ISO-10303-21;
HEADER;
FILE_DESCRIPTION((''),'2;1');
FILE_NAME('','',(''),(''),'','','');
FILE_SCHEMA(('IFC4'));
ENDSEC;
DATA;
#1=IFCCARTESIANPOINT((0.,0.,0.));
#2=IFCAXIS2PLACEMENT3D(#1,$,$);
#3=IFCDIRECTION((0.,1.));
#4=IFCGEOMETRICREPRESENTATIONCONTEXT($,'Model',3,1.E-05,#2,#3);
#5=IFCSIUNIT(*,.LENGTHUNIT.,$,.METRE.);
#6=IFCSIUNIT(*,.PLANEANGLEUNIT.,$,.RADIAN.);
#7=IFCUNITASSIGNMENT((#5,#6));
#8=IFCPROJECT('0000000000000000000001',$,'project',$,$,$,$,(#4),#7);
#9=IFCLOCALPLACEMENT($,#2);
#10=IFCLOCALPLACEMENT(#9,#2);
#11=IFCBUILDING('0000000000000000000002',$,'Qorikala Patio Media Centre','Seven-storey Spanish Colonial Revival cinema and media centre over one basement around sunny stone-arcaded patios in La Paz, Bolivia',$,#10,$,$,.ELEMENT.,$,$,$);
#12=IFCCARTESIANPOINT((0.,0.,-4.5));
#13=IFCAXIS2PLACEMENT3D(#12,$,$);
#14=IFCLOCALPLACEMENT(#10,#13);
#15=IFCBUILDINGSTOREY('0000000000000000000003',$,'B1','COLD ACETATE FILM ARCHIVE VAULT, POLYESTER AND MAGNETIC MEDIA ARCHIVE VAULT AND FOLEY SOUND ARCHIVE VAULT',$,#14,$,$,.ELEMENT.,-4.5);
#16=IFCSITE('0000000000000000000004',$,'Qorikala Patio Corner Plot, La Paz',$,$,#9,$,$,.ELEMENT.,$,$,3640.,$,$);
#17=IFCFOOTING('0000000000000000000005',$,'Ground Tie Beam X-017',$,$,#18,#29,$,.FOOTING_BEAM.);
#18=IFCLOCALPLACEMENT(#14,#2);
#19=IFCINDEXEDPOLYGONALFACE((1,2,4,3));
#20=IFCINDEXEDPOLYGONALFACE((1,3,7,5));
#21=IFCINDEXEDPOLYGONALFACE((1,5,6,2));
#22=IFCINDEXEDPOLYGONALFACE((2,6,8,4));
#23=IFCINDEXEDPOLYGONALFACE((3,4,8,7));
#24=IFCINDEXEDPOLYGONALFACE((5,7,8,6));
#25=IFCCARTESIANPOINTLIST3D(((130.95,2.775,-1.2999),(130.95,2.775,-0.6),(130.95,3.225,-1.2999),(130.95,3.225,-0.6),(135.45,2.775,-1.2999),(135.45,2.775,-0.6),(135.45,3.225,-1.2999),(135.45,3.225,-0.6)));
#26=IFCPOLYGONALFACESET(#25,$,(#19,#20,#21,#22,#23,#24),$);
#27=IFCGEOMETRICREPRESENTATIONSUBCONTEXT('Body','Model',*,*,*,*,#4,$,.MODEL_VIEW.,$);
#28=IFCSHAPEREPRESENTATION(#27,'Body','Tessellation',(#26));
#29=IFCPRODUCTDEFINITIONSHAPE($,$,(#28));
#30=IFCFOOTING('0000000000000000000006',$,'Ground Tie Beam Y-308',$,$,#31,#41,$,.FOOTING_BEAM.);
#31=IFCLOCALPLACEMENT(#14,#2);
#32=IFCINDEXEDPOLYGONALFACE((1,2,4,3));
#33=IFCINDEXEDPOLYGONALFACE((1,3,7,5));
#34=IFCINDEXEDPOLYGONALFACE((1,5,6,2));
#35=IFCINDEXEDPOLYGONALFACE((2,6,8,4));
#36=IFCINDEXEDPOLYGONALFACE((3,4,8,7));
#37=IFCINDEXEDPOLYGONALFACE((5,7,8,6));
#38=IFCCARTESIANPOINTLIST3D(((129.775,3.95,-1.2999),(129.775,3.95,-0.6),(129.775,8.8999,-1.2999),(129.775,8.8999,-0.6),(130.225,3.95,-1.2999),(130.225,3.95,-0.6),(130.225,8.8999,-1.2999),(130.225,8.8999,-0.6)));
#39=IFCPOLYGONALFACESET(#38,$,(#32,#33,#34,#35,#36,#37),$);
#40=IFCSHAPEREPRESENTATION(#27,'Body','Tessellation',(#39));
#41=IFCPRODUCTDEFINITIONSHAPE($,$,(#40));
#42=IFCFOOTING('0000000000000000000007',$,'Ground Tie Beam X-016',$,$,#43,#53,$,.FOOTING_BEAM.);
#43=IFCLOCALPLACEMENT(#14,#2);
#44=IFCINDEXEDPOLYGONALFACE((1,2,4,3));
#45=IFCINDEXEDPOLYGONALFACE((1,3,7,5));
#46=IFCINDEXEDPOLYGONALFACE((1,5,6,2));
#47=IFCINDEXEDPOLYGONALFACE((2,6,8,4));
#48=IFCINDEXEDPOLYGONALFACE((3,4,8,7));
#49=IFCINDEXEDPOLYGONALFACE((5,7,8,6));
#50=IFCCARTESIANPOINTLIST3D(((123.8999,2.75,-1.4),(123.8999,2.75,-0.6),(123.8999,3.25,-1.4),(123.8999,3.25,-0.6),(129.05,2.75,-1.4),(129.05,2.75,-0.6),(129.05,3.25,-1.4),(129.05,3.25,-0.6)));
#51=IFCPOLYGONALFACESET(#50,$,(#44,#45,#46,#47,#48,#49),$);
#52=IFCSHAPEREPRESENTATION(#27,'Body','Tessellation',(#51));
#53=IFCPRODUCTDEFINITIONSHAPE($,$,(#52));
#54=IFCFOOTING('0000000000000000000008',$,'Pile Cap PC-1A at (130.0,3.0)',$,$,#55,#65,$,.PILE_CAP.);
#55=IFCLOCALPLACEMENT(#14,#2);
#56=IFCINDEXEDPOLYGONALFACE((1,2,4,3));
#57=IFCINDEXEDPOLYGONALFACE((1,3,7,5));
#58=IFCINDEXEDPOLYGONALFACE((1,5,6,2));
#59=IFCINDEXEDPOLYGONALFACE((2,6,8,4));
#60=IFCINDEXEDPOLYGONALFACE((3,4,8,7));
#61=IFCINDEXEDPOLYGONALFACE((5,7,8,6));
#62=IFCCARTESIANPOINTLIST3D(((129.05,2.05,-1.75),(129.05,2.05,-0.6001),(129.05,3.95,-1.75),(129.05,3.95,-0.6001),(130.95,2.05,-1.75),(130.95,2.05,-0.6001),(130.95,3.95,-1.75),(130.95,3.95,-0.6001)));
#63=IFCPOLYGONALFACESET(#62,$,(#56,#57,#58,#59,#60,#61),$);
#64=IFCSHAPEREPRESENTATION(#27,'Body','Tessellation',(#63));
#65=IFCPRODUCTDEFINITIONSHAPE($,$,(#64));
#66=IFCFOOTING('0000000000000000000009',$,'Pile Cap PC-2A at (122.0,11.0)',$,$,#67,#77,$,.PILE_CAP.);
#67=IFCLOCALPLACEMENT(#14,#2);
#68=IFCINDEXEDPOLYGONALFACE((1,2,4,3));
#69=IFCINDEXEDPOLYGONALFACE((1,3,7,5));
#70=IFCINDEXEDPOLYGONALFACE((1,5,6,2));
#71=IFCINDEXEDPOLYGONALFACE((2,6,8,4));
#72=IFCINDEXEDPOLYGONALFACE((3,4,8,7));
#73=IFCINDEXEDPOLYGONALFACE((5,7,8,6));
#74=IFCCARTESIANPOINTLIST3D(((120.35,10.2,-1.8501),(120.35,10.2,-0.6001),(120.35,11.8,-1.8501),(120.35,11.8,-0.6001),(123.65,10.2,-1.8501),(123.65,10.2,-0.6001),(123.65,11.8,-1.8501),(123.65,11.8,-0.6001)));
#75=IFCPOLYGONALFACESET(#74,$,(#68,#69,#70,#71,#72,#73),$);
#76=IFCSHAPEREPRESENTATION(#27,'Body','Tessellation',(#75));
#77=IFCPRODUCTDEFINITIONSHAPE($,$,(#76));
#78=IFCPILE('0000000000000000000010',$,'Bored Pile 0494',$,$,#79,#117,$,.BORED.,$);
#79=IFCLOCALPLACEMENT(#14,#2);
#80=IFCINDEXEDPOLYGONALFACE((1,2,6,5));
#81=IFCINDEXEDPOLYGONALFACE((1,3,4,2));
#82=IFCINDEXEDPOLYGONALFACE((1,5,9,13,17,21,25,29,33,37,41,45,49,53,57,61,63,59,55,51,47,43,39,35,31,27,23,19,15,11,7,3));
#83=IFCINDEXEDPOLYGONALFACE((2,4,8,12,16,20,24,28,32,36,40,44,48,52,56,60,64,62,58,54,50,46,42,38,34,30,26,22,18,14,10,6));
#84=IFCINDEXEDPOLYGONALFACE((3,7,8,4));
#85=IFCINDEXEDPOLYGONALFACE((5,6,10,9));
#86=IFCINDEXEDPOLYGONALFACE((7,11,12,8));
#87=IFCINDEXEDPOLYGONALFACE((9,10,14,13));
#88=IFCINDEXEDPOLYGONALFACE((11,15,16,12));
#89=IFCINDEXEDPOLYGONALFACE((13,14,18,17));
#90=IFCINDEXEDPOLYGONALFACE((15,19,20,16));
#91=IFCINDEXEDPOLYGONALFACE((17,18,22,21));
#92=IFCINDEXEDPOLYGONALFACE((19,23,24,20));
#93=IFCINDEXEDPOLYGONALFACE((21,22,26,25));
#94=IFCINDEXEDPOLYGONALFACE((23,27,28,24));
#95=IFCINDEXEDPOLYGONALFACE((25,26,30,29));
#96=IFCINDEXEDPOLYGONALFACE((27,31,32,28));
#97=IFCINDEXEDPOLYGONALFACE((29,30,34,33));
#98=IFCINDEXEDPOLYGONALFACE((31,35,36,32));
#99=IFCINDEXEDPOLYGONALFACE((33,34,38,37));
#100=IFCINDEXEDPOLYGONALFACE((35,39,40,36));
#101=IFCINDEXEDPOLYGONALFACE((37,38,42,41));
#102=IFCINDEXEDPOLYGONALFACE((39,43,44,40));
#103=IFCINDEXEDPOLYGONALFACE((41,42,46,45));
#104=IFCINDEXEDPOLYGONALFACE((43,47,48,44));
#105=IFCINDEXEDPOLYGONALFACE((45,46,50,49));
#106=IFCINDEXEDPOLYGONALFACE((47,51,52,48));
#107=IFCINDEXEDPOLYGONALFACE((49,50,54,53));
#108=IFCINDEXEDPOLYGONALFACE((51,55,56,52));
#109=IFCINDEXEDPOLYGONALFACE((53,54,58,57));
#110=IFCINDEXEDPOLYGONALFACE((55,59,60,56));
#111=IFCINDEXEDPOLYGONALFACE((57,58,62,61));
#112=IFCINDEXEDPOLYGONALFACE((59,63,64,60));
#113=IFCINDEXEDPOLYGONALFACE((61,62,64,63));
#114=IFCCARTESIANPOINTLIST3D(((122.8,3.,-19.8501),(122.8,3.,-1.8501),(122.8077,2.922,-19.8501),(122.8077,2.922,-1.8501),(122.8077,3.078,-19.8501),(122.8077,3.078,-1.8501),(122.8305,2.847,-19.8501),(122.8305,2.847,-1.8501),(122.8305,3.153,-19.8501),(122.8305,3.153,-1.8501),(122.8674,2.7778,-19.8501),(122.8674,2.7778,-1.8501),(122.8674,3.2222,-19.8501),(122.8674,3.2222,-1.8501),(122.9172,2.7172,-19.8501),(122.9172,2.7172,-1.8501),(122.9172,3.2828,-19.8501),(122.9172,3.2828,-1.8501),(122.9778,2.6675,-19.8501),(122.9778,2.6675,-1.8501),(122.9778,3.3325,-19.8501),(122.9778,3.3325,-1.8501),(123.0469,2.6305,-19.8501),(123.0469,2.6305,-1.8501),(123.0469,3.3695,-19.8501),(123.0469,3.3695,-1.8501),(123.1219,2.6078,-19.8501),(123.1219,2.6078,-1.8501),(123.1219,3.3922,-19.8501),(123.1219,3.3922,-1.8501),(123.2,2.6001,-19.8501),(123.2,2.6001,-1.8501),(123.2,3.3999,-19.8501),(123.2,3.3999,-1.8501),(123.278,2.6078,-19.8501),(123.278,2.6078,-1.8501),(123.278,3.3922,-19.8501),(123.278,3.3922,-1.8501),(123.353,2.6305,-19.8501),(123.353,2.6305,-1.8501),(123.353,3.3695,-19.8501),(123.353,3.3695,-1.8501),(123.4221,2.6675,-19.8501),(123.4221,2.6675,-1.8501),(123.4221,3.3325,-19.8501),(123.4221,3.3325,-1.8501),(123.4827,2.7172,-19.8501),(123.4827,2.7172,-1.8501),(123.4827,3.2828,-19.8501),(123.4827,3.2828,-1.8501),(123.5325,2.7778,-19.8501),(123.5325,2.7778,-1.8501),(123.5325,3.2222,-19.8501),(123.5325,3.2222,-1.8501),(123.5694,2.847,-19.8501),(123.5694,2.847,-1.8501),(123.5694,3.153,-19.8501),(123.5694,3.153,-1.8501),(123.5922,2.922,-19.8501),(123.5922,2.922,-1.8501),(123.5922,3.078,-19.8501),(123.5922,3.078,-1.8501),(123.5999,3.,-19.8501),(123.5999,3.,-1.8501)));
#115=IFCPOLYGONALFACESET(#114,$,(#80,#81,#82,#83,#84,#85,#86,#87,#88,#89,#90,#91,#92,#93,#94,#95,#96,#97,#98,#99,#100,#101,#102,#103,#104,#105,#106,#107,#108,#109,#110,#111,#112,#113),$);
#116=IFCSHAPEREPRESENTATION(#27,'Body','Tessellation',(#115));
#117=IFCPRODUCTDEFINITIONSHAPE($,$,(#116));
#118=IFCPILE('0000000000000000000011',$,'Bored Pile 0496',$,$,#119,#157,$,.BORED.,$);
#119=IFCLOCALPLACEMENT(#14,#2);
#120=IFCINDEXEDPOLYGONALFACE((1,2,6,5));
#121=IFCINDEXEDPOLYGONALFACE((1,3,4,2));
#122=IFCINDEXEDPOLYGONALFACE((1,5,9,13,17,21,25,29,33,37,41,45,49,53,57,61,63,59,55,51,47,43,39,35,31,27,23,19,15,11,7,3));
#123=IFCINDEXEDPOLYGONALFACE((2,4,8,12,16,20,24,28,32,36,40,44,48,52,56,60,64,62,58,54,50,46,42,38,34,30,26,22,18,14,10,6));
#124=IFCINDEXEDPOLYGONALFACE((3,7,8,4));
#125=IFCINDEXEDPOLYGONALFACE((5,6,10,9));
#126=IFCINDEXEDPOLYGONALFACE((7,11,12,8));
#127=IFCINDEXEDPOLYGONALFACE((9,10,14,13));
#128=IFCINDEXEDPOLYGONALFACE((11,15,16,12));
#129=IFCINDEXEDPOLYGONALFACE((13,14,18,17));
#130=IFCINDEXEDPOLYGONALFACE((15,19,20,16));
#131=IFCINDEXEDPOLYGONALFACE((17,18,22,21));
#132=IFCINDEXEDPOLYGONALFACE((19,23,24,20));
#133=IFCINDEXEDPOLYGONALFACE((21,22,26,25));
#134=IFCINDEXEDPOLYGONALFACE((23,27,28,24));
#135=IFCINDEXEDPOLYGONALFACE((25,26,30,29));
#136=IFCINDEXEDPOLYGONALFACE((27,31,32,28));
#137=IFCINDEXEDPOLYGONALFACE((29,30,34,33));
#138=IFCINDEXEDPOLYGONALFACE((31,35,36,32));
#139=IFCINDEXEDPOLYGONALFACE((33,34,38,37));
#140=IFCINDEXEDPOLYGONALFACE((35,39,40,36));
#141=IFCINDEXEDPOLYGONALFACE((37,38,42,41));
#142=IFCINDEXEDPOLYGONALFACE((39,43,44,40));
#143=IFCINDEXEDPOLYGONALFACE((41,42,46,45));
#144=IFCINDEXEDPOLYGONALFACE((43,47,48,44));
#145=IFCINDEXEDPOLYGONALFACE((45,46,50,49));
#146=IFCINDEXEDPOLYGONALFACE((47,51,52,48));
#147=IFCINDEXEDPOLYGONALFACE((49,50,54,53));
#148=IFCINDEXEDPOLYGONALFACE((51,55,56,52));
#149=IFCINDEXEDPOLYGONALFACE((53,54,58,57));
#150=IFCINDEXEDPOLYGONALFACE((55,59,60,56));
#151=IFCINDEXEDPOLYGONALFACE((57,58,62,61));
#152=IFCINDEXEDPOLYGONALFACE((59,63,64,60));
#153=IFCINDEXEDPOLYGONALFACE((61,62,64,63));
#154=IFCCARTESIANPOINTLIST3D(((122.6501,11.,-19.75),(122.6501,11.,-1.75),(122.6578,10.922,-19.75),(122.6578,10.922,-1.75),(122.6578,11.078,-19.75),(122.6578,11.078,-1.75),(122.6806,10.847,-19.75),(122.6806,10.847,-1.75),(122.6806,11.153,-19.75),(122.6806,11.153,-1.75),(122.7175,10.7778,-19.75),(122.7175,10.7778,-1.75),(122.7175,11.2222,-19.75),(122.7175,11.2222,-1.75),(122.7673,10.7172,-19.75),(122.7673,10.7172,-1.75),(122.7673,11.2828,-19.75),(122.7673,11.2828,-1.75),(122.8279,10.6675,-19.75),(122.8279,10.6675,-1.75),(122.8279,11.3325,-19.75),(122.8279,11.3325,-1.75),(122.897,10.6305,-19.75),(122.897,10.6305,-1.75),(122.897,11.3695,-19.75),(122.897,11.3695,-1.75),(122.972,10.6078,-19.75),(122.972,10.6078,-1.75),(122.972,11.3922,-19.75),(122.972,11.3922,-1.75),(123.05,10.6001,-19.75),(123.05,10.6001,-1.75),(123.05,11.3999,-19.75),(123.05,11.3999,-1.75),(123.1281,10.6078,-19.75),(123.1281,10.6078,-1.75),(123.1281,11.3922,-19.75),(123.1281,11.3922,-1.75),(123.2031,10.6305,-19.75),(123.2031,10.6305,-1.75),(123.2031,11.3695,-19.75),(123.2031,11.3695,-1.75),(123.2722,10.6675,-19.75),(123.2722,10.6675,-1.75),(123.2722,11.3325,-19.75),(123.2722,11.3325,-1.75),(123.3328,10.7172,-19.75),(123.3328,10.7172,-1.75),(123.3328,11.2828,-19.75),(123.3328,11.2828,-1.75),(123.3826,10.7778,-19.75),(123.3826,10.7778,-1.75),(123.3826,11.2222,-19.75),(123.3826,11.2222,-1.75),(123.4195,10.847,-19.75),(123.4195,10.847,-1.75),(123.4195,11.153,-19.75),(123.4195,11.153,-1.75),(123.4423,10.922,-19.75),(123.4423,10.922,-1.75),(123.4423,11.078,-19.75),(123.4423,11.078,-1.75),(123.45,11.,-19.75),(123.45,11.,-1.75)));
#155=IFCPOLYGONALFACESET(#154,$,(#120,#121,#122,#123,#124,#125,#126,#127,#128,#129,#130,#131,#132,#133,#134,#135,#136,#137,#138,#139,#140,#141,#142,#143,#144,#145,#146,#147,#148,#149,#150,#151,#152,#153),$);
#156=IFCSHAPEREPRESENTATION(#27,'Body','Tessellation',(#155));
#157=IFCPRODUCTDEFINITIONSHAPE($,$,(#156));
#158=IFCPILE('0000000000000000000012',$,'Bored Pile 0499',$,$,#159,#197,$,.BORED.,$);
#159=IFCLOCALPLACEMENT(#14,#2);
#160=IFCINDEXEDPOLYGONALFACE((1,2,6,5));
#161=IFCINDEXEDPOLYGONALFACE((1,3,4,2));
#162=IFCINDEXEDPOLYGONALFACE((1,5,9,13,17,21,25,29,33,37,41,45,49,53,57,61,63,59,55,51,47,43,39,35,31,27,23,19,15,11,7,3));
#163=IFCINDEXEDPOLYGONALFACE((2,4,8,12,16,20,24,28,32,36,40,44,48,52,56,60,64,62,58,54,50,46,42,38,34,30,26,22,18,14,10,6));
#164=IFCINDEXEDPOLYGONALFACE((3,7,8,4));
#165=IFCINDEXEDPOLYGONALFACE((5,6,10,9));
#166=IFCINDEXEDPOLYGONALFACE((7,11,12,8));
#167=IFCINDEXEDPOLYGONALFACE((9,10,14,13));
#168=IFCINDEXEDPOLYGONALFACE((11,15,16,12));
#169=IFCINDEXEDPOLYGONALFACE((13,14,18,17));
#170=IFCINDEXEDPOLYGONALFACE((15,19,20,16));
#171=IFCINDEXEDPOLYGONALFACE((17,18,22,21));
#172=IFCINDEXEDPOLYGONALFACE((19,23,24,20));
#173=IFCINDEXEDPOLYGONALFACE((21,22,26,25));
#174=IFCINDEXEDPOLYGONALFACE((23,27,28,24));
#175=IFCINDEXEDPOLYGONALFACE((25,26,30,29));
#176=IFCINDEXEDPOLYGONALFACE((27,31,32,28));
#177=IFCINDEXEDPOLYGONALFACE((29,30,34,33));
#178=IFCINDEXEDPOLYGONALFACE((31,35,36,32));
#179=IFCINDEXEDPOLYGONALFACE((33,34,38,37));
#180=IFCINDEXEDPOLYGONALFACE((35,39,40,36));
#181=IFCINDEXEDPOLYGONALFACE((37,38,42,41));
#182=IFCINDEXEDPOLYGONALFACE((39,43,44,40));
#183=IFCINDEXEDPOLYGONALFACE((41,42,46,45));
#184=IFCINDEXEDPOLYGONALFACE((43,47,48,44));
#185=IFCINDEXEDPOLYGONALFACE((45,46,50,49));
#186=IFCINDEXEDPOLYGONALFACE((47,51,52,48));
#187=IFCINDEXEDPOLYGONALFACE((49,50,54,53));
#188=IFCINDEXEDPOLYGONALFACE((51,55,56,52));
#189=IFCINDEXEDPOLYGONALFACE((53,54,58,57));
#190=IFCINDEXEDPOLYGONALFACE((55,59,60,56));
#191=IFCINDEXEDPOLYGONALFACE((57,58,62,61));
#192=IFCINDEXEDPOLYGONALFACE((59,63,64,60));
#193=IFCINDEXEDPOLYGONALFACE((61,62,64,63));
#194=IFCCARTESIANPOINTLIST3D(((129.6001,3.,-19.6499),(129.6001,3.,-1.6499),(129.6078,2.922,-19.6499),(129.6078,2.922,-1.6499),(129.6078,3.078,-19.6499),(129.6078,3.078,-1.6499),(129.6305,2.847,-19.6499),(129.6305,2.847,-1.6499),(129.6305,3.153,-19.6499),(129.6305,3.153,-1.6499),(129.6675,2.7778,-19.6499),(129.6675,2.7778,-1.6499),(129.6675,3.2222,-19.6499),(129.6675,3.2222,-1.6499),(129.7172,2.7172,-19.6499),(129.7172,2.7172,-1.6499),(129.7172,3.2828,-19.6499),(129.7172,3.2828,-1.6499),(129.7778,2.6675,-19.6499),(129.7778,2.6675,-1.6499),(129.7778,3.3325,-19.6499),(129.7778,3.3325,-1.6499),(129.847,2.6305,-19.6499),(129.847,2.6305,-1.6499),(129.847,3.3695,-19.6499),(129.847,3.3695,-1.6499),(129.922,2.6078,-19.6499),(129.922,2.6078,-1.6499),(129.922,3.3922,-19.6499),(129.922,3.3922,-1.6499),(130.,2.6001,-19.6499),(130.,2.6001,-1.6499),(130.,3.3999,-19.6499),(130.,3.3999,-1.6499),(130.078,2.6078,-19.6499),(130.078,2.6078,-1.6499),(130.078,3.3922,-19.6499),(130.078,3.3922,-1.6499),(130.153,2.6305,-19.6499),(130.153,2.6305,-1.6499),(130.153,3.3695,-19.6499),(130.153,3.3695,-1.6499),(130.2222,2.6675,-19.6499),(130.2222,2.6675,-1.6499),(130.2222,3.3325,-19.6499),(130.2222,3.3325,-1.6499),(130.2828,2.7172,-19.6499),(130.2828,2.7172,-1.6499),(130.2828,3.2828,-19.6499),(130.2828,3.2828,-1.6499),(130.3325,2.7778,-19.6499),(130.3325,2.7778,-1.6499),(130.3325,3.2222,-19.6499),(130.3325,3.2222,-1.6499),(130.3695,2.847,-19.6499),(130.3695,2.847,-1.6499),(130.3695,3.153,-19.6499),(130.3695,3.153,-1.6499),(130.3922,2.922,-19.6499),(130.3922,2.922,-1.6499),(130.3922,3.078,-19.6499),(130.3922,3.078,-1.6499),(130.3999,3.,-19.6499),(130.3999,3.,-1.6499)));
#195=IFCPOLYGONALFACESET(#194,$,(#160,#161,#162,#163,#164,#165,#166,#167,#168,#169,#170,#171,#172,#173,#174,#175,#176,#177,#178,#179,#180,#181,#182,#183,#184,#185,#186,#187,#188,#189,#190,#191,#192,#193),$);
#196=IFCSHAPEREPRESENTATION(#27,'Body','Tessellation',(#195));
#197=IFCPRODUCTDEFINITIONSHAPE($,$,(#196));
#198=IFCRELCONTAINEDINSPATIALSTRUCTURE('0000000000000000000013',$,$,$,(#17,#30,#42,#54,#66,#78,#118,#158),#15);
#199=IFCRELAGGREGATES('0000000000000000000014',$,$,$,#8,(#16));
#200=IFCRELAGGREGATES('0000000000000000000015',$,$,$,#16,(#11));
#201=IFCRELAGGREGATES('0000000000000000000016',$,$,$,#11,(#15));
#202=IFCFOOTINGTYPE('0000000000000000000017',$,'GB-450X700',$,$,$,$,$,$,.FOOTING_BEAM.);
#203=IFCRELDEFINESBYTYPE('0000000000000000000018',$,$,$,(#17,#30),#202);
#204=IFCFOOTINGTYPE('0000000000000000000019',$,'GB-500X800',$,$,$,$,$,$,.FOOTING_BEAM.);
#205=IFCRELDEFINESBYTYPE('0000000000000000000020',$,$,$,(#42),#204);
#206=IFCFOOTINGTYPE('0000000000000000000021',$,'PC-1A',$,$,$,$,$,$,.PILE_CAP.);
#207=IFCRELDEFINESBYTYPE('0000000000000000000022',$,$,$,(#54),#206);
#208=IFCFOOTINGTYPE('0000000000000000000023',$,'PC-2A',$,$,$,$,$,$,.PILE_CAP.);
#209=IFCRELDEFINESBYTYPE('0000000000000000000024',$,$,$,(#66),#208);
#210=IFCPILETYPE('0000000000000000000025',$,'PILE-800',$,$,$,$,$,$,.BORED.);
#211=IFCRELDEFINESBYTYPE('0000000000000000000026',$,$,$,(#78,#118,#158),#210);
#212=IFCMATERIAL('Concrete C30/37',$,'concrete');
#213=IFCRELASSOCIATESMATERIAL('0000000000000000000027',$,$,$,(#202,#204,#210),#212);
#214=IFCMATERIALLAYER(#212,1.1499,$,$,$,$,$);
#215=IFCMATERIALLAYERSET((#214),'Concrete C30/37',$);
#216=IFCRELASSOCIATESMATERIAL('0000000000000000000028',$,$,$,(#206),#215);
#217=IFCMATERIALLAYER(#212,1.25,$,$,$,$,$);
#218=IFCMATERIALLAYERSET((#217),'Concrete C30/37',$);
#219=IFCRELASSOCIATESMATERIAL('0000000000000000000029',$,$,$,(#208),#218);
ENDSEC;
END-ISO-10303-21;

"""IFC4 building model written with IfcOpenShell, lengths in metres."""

from ifc_helpers import new_model, si_unit, direction, frame, origin, origin_2d, place, context, subcontext, project, spatial, rectangle, circle, extrude, material, layer, layer_set, material_profile, profile_set, type_object, element, save


model = new_model("IFC4")

# Units and contexts
model_context = context("Model", 3, precision=1e-05, world=origin(), true_north=direction((0.0, 1.0)))
body_context = subcontext(model_context, "Body", "Model", "MODEL_VIEW")
ifc_project = project(units=[si_unit("LENGTHUNIT", "METRE"), si_unit("PLANEANGLEUNIT", "RADIAN")], contexts=[model_context])

# Site, building, storey
site_placement = place(None, origin())
site = spatial("IfcSite", under=ifc_project, at=site_placement, Name="Qorikala Patio Corner Plot, La Paz", CompositionType="ELEMENT", RefElevation=3640.0)
building_placement = place(site_placement, origin())
building = spatial("IfcBuilding", under=site, at=building_placement, Name="Qorikala Patio Media Centre", Description="Seven-storey Spanish Colonial Revival cinema and media centre over one basement around sunny stone-arcaded patios in La Paz, Bolivia", CompositionType="ELEMENT")
storey_placement = place(building_placement, frame((0.0, 0.0, -4.5)))
storey = spatial("IfcBuildingStorey", under=building, at=storey_placement, Name="B1", Description="COLD ACETATE FILM ARCHIVE VAULT, POLYESTER AND MAGNETIC MEDIA ARCHIVE VAULT AND FOLEY SOUND ARCHIVE VAULT", CompositionType="ELEMENT", Elevation=-4.5)

# Footings
ifc_material_1 = material(Name="Concrete C30/37", Category="concrete")
ifc_material_profile_1 = material_profile(ifc_material_1, rectangle(XDim=0.45, YDim=0.7, at=origin_2d()), Name="RC 450x700")
ifc_profile_set_1 = profile_set([ifc_material_profile_1], Name="Concrete C30/37")
footing_type_1 = type_object("IfcFootingType", Name="GB-450X700", PredefinedType="FOOTING_BEAM", material=ifc_profile_set_1)
footing_1_placement = place(storey_placement, frame((130.95, 3.0, -0.95), z_axis=(1.0, 0.0, 0.0), x_axis=(0.0, 1.0, 0.0)))
element("IfcFooting", 1, at=footing_1_placement, inside=storey, type_object=footing_type_1, Name="Ground Tie Beam X-017", PredefinedType="FOOTING_BEAM", context=body_context, shape_type="SweptSolid", body=[
    extrude(rectangle(XDim=0.45, YDim=0.7, at=origin_2d()), origin(), (0.0, 0.0, 1.0), 4.5),
])
footing_2_placement = place(storey_placement, frame((130.0, 3.95, -0.95), z_axis=(0.0, 1.0, 0.0), x_axis=(-1.0, 0.0, 0.0)))
element("IfcFooting", 2, at=footing_2_placement, inside=storey, type_object=footing_type_1, Name="Ground Tie Beam Y-308", PredefinedType="FOOTING_BEAM", context=body_context, shape_type="SweptSolid", body=[
    extrude(rectangle(XDim=0.45, YDim=0.7, at=origin_2d()), origin(), (0.0, 0.0, 1.0), 4.95),
])
ifc_material_profile_2 = material_profile(ifc_material_1, rectangle(XDim=0.5, YDim=0.8, at=origin_2d()), Name="RC 500x800")
ifc_profile_set_2 = profile_set([ifc_material_profile_2], Name="Concrete C30/37")
footing_type_2 = type_object("IfcFootingType", Name="GB-500X800", PredefinedType="FOOTING_BEAM", material=ifc_profile_set_2)
footing_3_placement = place(storey_placement, frame((123.8999, 3.0, -1.0), z_axis=(1.0, 0.0, 0.0), x_axis=(0.0, 1.0, 0.0)))
element("IfcFooting", 3, at=footing_3_placement, inside=storey, type_object=footing_type_2, Name="Ground Tie Beam X-016", PredefinedType="FOOTING_BEAM", context=body_context, shape_type="SweptSolid", body=[
    extrude(rectangle(XDim=0.5, YDim=0.8, at=origin_2d()), origin(), (0.0, 0.0, 1.0), 5.1501),
])
ifc_layer_1 = layer(ifc_material_1, 1.1499)
ifc_layer_set_1 = layer_set([ifc_layer_1], Name="Concrete C30/37")
footing_type_3 = type_object("IfcFootingType", Name="PC-1A", PredefinedType="PILE_CAP", material=ifc_layer_set_1)
footing_4_placement = place(storey_placement, frame((130.0, 3.0, -1.75), z_axis=(0.0, 0.0, 1.0), x_axis=(1.0, 0.0, 0.0)))
element("IfcFooting", 4, at=footing_4_placement, inside=storey, type_object=footing_type_3, Name="Pile Cap PC-1A at (130.0,3.0)", PredefinedType="PILE_CAP", context=body_context, shape_type="SweptSolid", body=[
    extrude(rectangle(XDim=1.8999, YDim=1.8999, at=origin_2d()), origin(), (0.0, 0.0, 1.0), 1.1499),
])
ifc_layer_2 = layer(ifc_material_1, 1.25)
ifc_layer_set_2 = layer_set([ifc_layer_2], Name="Concrete C30/37")
footing_type_4 = type_object("IfcFootingType", Name="PC-2A", PredefinedType="PILE_CAP", material=ifc_layer_set_2)
footing_5_placement = place(storey_placement, frame((122.0, 11.0, -1.8501), z_axis=(0.0, 0.0, 1.0), x_axis=(1.0, 0.0, 0.0)))
element("IfcFooting", 5, at=footing_5_placement, inside=storey, type_object=footing_type_4, Name="Pile Cap PC-2A at (122.0,11.0)", PredefinedType="PILE_CAP", context=body_context, shape_type="SweptSolid", body=[
    extrude(rectangle(XDim=3.3, YDim=1.6001, at=origin_2d()), origin(), (0.0, 0.0, 1.0), 1.25),
])

# Piles
ifc_material_profile_3 = material_profile(ifc_material_1, circle(Radius=0.3999, at=origin_2d()), Name="BORED PILE 800")
ifc_profile_set_3 = profile_set([ifc_material_profile_3], Name="Concrete C30/37")
pile_type = type_object("IfcPileType", Name="PILE-800", PredefinedType="BORED", material=ifc_profile_set_3)
for number, where, z_axis, x_axis, name in (
    (6, (123.2, 3.0, -1.8501), (0.0, 0.0, -1.0), (1.0, 0.0, 0.0), "Bored Pile 0494"),
    (7, (123.05, 11.0, -1.75), (0.0, 0.0, -1.0), (1.0, 0.0, 0.0), "Bored Pile 0496"),
    (8, (130.0, 3.0, -1.6499), (0.0, 0.0, -1.0), (1.0, 0.0, 0.0), "Bored Pile 0499"),
):
    element("IfcPile", number, at=place(storey_placement, frame(where, z_axis=z_axis, x_axis=x_axis)), inside=storey, type_object=pile_type, Name=name, PredefinedType="BORED", context=body_context, shape_type="SweptSolid", body=[
        extrude(circle(Radius=0.3999, at=origin_2d()), origin(), (0.0, 0.0, 1.0), 18.0),
    ])

save(model, "model.ifc")
